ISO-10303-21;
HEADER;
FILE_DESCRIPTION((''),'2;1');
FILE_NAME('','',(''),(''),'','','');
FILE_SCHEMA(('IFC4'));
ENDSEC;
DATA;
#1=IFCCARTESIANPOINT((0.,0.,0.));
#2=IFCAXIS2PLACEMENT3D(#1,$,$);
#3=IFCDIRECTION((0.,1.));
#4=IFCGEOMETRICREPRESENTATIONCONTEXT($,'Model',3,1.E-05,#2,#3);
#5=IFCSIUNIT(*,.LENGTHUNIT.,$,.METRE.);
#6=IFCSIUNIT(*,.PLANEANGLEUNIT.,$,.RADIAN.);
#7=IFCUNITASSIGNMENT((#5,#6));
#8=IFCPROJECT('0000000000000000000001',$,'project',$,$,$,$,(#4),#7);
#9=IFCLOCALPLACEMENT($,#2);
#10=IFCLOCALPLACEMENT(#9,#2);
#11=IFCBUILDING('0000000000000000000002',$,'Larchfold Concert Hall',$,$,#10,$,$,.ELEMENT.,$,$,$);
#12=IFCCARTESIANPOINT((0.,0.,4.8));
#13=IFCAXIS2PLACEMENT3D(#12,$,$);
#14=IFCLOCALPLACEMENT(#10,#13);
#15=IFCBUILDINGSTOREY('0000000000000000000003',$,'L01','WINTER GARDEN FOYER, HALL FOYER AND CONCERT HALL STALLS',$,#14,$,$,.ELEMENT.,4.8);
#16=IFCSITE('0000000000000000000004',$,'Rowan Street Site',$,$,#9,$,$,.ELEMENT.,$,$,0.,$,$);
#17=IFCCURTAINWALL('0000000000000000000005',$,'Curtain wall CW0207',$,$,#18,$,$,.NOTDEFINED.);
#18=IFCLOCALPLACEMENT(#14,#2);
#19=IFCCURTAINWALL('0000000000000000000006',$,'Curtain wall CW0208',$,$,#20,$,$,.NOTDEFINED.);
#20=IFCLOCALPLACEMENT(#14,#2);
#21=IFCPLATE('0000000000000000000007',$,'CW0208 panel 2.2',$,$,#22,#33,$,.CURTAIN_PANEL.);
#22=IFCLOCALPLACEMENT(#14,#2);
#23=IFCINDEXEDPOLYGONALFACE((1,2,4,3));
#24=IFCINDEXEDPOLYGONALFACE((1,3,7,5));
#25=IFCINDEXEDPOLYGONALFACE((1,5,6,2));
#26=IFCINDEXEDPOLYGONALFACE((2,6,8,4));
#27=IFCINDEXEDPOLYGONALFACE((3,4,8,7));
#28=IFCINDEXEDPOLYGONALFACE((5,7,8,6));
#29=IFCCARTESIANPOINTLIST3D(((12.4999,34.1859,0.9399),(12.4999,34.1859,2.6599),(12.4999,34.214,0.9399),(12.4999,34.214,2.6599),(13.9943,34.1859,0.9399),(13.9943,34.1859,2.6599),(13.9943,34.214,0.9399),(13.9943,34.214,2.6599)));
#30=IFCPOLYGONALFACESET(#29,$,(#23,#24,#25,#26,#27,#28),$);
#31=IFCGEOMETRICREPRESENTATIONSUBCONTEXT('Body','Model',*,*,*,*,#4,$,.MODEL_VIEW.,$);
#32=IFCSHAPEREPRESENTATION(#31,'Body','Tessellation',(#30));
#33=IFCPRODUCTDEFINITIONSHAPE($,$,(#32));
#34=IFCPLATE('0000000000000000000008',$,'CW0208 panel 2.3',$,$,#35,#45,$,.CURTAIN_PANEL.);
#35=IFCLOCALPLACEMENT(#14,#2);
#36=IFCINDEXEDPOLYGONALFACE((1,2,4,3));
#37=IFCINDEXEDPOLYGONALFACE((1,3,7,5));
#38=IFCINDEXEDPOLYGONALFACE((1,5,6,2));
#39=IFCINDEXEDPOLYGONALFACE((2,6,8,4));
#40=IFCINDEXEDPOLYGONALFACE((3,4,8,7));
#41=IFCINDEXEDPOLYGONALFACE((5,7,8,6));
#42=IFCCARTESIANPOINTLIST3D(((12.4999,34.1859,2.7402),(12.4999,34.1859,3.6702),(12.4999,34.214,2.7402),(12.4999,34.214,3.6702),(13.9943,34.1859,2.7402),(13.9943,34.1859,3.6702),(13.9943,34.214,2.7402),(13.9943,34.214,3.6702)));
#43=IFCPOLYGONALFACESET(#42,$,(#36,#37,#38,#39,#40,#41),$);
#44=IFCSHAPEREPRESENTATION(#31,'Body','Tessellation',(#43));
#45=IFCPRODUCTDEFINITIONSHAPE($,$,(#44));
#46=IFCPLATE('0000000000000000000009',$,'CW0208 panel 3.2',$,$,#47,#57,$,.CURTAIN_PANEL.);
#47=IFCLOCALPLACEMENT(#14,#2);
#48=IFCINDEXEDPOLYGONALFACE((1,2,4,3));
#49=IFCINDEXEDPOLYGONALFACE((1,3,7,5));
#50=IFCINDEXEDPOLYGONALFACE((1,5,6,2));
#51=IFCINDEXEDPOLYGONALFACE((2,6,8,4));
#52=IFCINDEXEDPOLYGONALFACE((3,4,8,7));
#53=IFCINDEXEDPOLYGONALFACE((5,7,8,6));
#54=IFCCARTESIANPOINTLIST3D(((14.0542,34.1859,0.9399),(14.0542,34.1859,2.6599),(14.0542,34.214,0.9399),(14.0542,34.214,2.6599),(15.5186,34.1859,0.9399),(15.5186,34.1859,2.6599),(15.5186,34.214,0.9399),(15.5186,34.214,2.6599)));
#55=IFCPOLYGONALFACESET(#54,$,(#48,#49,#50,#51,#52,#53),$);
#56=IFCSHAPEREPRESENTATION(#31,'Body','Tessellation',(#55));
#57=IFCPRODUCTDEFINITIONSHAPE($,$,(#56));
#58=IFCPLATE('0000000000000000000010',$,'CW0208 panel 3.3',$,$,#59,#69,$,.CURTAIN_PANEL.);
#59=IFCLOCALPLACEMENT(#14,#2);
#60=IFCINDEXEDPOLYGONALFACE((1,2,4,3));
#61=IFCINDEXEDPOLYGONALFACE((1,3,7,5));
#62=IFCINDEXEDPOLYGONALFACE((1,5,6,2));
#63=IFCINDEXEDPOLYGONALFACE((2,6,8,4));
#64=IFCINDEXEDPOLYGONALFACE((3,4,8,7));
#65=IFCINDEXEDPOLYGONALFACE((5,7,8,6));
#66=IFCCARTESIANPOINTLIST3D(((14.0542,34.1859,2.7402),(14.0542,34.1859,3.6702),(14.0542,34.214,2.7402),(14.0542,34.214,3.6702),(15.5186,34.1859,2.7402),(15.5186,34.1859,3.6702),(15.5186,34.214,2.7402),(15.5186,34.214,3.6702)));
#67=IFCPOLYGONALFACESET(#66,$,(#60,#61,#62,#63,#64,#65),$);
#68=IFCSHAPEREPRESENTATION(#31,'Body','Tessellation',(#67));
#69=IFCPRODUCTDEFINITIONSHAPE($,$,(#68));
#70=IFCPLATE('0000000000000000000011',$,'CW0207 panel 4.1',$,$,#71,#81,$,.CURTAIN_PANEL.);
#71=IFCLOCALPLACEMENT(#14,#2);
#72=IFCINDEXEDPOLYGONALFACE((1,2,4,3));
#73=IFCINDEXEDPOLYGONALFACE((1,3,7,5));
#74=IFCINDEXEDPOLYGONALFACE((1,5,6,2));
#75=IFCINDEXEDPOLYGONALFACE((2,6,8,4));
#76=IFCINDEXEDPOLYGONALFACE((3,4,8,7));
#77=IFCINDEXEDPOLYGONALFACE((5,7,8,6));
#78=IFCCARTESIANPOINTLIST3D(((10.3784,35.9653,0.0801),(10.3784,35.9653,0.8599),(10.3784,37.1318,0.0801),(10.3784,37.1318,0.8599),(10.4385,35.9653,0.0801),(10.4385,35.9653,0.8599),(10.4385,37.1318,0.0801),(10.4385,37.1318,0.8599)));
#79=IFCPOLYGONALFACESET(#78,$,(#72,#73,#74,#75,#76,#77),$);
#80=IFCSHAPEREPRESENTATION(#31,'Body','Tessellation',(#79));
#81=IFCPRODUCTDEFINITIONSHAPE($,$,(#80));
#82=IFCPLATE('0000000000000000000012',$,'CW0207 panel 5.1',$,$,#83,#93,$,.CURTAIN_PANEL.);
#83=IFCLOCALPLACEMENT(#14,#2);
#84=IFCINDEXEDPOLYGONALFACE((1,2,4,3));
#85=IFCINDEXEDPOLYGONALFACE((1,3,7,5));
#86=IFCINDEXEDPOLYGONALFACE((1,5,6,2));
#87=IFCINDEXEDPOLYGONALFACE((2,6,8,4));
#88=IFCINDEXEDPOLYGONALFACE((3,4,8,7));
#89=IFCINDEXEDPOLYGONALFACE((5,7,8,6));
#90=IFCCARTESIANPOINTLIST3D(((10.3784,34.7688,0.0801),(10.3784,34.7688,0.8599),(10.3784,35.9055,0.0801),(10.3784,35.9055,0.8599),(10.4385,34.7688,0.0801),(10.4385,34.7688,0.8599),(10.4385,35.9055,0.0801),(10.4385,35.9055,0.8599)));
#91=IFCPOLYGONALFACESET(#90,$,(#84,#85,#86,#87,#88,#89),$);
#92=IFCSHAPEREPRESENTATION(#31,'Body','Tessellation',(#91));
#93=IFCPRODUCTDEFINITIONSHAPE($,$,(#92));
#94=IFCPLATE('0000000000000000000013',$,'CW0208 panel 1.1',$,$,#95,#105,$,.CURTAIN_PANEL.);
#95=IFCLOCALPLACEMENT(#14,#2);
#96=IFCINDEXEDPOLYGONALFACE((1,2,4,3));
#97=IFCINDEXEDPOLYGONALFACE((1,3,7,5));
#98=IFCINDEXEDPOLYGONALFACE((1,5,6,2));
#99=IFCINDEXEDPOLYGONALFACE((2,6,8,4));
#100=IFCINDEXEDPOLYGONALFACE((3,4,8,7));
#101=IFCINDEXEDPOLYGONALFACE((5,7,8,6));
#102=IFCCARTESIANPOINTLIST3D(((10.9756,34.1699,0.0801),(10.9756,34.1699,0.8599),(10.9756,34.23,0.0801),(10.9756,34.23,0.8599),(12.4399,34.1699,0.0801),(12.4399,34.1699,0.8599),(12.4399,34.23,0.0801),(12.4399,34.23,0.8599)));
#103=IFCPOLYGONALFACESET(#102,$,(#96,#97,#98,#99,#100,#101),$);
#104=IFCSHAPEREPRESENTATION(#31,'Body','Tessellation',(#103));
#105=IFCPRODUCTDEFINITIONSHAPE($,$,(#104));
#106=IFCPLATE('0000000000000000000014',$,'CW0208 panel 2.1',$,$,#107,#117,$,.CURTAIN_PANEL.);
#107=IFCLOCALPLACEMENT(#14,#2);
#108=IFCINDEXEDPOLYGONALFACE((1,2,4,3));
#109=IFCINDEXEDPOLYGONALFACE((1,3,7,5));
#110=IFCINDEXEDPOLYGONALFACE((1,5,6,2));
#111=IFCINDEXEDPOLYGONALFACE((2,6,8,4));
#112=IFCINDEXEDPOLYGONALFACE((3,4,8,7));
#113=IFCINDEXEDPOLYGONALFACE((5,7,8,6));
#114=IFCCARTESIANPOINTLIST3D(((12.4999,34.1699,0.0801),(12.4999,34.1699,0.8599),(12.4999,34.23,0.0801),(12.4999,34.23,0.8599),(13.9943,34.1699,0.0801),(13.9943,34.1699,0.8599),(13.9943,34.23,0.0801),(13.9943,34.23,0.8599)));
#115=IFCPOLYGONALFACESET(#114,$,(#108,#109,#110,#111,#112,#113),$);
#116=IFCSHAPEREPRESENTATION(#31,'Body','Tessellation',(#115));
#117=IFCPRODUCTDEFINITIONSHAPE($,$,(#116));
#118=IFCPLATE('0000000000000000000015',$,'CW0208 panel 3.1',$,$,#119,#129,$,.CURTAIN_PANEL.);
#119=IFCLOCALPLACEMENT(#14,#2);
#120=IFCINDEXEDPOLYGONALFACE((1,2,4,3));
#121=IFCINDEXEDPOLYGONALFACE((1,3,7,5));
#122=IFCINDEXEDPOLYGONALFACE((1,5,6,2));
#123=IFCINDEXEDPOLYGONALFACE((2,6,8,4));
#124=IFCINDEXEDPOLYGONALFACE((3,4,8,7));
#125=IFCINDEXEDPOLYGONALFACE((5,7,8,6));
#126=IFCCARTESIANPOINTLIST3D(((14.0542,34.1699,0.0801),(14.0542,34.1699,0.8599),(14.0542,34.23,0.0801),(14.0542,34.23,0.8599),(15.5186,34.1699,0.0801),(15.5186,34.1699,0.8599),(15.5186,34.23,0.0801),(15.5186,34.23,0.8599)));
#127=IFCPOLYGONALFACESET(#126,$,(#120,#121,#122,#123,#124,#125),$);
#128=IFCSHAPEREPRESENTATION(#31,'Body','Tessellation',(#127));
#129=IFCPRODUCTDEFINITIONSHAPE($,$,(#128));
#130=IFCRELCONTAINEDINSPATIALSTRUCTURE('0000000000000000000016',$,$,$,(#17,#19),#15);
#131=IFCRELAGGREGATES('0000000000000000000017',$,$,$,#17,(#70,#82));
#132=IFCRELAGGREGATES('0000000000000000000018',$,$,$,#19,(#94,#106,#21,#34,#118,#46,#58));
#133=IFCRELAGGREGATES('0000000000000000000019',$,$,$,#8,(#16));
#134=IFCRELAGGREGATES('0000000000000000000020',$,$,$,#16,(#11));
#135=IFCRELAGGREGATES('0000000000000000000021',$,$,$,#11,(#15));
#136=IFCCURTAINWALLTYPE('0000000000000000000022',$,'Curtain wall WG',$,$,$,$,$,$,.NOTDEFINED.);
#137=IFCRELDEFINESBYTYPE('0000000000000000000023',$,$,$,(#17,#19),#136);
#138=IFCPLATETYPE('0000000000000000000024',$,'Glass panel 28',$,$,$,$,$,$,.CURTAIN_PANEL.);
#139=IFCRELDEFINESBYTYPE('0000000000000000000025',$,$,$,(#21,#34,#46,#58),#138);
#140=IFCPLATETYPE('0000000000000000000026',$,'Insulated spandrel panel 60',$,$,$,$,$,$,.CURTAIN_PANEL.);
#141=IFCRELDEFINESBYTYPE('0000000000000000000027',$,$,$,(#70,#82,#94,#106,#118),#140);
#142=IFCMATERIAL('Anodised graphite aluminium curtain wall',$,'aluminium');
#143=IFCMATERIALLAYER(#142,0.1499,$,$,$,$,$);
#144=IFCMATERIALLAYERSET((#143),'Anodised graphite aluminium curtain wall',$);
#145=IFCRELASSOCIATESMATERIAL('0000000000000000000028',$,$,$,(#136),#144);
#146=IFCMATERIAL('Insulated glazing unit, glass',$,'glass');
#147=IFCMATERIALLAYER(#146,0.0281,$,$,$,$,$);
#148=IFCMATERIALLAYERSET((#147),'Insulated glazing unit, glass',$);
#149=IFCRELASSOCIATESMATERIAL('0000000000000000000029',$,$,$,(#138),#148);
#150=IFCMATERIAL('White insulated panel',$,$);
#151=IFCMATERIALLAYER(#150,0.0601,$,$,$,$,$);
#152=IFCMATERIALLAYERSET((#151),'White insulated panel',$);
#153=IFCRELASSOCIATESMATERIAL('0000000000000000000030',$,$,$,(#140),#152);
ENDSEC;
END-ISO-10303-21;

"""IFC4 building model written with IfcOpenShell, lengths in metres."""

from ifc_helpers import new_model, si_unit, direction, frame, origin, origin_2d, place, context, subcontext, project, spatial, rectangle, extrude, material, layer, layer_set, type_object, element, aggregate, save


model = new_model("IFC4")

# Units and contexts
model_context = context("Model", 3, precision=1e-05, world=origin(), true_north=direction((0.0, 1.0)))
body_context = subcontext(model_context, "Body", "Model", "MODEL_VIEW")
ifc_project = project(units=[si_unit("LENGTHUNIT", "METRE"), si_unit("PLANEANGLEUNIT", "RADIAN")], contexts=[model_context])

# Site, building, storey
site_placement = place(None, origin())
site = spatial("IfcSite", under=ifc_project, at=site_placement, Name="Rowan Street Site", CompositionType="ELEMENT", RefElevation=0.0)
building_placement = place(site_placement, origin())
building = spatial("IfcBuilding", under=site, at=building_placement, Name="Larchfold Concert Hall", CompositionType="ELEMENT")
storey_placement = place(building_placement, frame((0.0, 0.0, 4.8)))
storey = spatial("IfcBuildingStorey", under=building, at=storey_placement, Name="L01", Description="WINTER GARDEN FOYER, HALL FOYER AND CONCERT HALL STALLS", CompositionType="ELEMENT", Elevation=4.8)

# Curtain walls
ifc_material_1 = material(Name="Anodised graphite aluminium curtain wall", Category="aluminium")
ifc_layer_1 = layer(ifc_material_1, 0.1499)
ifc_layer_set_1 = layer_set([ifc_layer_1], Name="Anodised graphite aluminium curtain wall")
curtain_wall_type = type_object("IfcCurtainWallType", Name="Curtain wall WG", PredefinedType="NOTDEFINED", material=ifc_layer_set_1)
curtain_wall_1_placement = place(storey_placement, origin())
curtain_wall_1 = element("IfcCurtainWall", 1, at=curtain_wall_1_placement, inside=storey, type_object=curtain_wall_type, Name="Curtain wall CW0207", PredefinedType="NOTDEFINED")
curtain_wall_2_placement = place(storey_placement, origin())
curtain_wall_2 = element("IfcCurtainWall", 2, at=curtain_wall_2_placement, inside=storey, type_object=curtain_wall_type, Name="Curtain wall CW0208", PredefinedType="NOTDEFINED")

# Plates
ifc_material_2 = material(Name="Insulated glazing unit, glass", Category="glass")
ifc_layer_2 = layer(ifc_material_2, 0.0281)
ifc_layer_set_2 = layer_set([ifc_layer_2], Name="Insulated glazing unit, glass")
plate_type_1 = type_object("IfcPlateType", Name="Glass panel 28", PredefinedType="CURTAIN_PANEL", material=ifc_layer_set_2)
plate_1_placement = place(storey_placement, frame((13.2471, 34.2, 0.9399), z_axis=(0.0, 0.0, 1.0), x_axis=(1.0, 0.0, 0.0)))
plate_1 = element("IfcPlate", 3, at=plate_1_placement, type_object=plate_type_1, Name="CW0208 panel 2.2", PredefinedType="CURTAIN_PANEL", context=body_context, shape_type="SweptSolid", body=[
    extrude(rectangle(XDim=1.4944, YDim=0.0281, at=origin_2d()), origin(), (0.0, 0.0, 1.0), 1.72),
])
plate_2_placement = place(storey_placement, frame((13.2471, 34.2, 2.7402), z_axis=(0.0, 0.0, 1.0), x_axis=(1.0, 0.0, 0.0)))
plate_2 = element("IfcPlate", 4, at=plate_2_placement, type_object=plate_type_1, Name="CW0208 panel 2.3", PredefinedType="CURTAIN_PANEL", context=body_context, shape_type="SweptSolid", body=[
    extrude(rectangle(XDim=1.4944, YDim=0.0281, at=origin_2d()), origin(), (0.0, 0.0, 1.0), 0.9299),
])
plate_3_placement = place(storey_placement, frame((14.7864, 34.2, 0.9399), z_axis=(0.0, 0.0, 1.0), x_axis=(1.0, 0.0, 0.0)))
plate_3 = element("IfcPlate", 5, at=plate_3_placement, type_object=plate_type_1, Name="CW0208 panel 3.2", PredefinedType="CURTAIN_PANEL", context=body_context, shape_type="SweptSolid", body=[
    extrude(rectangle(XDim=1.4644, YDim=0.0281, at=origin_2d()), origin(), (0.0, 0.0, 1.0), 1.72),
])
plate_4_placement = place(storey_placement, frame((14.7864, 34.2, 2.7402), z_axis=(0.0, 0.0, 1.0), x_axis=(1.0, 0.0, 0.0)))
plate_4 = element("IfcPlate", 6, at=plate_4_placement, type_object=plate_type_1, Name="CW0208 panel 3.3", PredefinedType="CURTAIN_PANEL", context=body_context, shape_type="SweptSolid", body=[
    extrude(rectangle(XDim=1.4644, YDim=0.0281, at=origin_2d()), origin(), (0.0, 0.0, 1.0), 0.9299),
])
ifc_material_3 = material(Name="White insulated panel")
ifc_layer_3 = layer(ifc_material_3, 0.0601)
ifc_layer_set_3 = layer_set([ifc_layer_3], Name="White insulated panel")
plate_type_2 = type_object("IfcPlateType", Name="Insulated spandrel panel 60", PredefinedType="CURTAIN_PANEL", material=ifc_layer_set_3)
plate_5_placement = place(storey_placement, frame((10.4084, 36.5486, 0.0801), z_axis=(0.0, 0.0, 1.0), x_axis=(0.0, -1.0, 0.0)))
plate_5 = element("IfcPlate", 7, at=plate_5_placement, type_object=plate_type_2, Name="CW0207 panel 4.1", PredefinedType="CURTAIN_PANEL", context=body_context, shape_type="SweptSolid", body=[
    extrude(rectangle(XDim=1.1665, YDim=0.0601, at=origin_2d()), origin(), (0.0, 0.0, 1.0), 0.7798),
])
plate_6_placement = place(storey_placement, frame((10.4084, 35.3372, 0.0801), z_axis=(0.0, 0.0, 1.0), x_axis=(0.0, -1.0, 0.0)))
plate_6 = element("IfcPlate", 8, at=plate_6_placement, type_object=plate_type_2, Name="CW0207 panel 5.1", PredefinedType="CURTAIN_PANEL", context=body_context, shape_type="SweptSolid", body=[
    extrude(rectangle(XDim=1.1367, YDim=0.0601, at=origin_2d()), origin(), (0.0, 0.0, 1.0), 0.7798),
])
aggregate(curtain_wall_1, [plate_5, plate_6])
plate_7_placement = place(storey_placement, frame((11.7078, 34.2, 0.0801), z_axis=(0.0, 0.0, 1.0), x_axis=(1.0, 0.0, 0.0)))
plate_7 = element("IfcPlate", 9, at=plate_7_placement, type_object=plate_type_2, Name="CW0208 panel 1.1", PredefinedType="CURTAIN_PANEL", context=body_context, shape_type="SweptSolid", body=[
    extrude(rectangle(XDim=1.4644, YDim=0.0601, at=origin_2d()), origin(), (0.0, 0.0, 1.0), 0.7798),
])
plate_8_placement = place(storey_placement, frame((13.2471, 34.2, 0.0801), z_axis=(0.0, 0.0, 1.0), x_axis=(1.0, 0.0, 0.0)))
plate_8 = element("IfcPlate", 10, at=plate_8_placement, type_object=plate_type_2, Name="CW0208 panel 2.1", PredefinedType="CURTAIN_PANEL", context=body_context, shape_type="SweptSolid", body=[
    extrude(rectangle(XDim=1.4944, YDim=0.0601, at=origin_2d()), origin(), (0.0, 0.0, 1.0), 0.7798),
])
plate_9_placement = place(storey_placement, frame((14.7864, 34.2, 0.0801), z_axis=(0.0, 0.0, 1.0), x_axis=(1.0, 0.0, 0.0)))
plate_9 = element("IfcPlate", 11, at=plate_9_placement, type_object=plate_type_2, Name="CW0208 panel 3.1", PredefinedType="CURTAIN_PANEL", context=body_context, shape_type="SweptSolid", body=[
    extrude(rectangle(XDim=1.4644, YDim=0.0601, at=origin_2d()), origin(), (0.0, 0.0, 1.0), 0.7798),
])
aggregate(curtain_wall_2, [plate_7, plate_8, plate_1, plate_2, plate_9, plate_3, plate_4])

save(model, "model.ifc")
